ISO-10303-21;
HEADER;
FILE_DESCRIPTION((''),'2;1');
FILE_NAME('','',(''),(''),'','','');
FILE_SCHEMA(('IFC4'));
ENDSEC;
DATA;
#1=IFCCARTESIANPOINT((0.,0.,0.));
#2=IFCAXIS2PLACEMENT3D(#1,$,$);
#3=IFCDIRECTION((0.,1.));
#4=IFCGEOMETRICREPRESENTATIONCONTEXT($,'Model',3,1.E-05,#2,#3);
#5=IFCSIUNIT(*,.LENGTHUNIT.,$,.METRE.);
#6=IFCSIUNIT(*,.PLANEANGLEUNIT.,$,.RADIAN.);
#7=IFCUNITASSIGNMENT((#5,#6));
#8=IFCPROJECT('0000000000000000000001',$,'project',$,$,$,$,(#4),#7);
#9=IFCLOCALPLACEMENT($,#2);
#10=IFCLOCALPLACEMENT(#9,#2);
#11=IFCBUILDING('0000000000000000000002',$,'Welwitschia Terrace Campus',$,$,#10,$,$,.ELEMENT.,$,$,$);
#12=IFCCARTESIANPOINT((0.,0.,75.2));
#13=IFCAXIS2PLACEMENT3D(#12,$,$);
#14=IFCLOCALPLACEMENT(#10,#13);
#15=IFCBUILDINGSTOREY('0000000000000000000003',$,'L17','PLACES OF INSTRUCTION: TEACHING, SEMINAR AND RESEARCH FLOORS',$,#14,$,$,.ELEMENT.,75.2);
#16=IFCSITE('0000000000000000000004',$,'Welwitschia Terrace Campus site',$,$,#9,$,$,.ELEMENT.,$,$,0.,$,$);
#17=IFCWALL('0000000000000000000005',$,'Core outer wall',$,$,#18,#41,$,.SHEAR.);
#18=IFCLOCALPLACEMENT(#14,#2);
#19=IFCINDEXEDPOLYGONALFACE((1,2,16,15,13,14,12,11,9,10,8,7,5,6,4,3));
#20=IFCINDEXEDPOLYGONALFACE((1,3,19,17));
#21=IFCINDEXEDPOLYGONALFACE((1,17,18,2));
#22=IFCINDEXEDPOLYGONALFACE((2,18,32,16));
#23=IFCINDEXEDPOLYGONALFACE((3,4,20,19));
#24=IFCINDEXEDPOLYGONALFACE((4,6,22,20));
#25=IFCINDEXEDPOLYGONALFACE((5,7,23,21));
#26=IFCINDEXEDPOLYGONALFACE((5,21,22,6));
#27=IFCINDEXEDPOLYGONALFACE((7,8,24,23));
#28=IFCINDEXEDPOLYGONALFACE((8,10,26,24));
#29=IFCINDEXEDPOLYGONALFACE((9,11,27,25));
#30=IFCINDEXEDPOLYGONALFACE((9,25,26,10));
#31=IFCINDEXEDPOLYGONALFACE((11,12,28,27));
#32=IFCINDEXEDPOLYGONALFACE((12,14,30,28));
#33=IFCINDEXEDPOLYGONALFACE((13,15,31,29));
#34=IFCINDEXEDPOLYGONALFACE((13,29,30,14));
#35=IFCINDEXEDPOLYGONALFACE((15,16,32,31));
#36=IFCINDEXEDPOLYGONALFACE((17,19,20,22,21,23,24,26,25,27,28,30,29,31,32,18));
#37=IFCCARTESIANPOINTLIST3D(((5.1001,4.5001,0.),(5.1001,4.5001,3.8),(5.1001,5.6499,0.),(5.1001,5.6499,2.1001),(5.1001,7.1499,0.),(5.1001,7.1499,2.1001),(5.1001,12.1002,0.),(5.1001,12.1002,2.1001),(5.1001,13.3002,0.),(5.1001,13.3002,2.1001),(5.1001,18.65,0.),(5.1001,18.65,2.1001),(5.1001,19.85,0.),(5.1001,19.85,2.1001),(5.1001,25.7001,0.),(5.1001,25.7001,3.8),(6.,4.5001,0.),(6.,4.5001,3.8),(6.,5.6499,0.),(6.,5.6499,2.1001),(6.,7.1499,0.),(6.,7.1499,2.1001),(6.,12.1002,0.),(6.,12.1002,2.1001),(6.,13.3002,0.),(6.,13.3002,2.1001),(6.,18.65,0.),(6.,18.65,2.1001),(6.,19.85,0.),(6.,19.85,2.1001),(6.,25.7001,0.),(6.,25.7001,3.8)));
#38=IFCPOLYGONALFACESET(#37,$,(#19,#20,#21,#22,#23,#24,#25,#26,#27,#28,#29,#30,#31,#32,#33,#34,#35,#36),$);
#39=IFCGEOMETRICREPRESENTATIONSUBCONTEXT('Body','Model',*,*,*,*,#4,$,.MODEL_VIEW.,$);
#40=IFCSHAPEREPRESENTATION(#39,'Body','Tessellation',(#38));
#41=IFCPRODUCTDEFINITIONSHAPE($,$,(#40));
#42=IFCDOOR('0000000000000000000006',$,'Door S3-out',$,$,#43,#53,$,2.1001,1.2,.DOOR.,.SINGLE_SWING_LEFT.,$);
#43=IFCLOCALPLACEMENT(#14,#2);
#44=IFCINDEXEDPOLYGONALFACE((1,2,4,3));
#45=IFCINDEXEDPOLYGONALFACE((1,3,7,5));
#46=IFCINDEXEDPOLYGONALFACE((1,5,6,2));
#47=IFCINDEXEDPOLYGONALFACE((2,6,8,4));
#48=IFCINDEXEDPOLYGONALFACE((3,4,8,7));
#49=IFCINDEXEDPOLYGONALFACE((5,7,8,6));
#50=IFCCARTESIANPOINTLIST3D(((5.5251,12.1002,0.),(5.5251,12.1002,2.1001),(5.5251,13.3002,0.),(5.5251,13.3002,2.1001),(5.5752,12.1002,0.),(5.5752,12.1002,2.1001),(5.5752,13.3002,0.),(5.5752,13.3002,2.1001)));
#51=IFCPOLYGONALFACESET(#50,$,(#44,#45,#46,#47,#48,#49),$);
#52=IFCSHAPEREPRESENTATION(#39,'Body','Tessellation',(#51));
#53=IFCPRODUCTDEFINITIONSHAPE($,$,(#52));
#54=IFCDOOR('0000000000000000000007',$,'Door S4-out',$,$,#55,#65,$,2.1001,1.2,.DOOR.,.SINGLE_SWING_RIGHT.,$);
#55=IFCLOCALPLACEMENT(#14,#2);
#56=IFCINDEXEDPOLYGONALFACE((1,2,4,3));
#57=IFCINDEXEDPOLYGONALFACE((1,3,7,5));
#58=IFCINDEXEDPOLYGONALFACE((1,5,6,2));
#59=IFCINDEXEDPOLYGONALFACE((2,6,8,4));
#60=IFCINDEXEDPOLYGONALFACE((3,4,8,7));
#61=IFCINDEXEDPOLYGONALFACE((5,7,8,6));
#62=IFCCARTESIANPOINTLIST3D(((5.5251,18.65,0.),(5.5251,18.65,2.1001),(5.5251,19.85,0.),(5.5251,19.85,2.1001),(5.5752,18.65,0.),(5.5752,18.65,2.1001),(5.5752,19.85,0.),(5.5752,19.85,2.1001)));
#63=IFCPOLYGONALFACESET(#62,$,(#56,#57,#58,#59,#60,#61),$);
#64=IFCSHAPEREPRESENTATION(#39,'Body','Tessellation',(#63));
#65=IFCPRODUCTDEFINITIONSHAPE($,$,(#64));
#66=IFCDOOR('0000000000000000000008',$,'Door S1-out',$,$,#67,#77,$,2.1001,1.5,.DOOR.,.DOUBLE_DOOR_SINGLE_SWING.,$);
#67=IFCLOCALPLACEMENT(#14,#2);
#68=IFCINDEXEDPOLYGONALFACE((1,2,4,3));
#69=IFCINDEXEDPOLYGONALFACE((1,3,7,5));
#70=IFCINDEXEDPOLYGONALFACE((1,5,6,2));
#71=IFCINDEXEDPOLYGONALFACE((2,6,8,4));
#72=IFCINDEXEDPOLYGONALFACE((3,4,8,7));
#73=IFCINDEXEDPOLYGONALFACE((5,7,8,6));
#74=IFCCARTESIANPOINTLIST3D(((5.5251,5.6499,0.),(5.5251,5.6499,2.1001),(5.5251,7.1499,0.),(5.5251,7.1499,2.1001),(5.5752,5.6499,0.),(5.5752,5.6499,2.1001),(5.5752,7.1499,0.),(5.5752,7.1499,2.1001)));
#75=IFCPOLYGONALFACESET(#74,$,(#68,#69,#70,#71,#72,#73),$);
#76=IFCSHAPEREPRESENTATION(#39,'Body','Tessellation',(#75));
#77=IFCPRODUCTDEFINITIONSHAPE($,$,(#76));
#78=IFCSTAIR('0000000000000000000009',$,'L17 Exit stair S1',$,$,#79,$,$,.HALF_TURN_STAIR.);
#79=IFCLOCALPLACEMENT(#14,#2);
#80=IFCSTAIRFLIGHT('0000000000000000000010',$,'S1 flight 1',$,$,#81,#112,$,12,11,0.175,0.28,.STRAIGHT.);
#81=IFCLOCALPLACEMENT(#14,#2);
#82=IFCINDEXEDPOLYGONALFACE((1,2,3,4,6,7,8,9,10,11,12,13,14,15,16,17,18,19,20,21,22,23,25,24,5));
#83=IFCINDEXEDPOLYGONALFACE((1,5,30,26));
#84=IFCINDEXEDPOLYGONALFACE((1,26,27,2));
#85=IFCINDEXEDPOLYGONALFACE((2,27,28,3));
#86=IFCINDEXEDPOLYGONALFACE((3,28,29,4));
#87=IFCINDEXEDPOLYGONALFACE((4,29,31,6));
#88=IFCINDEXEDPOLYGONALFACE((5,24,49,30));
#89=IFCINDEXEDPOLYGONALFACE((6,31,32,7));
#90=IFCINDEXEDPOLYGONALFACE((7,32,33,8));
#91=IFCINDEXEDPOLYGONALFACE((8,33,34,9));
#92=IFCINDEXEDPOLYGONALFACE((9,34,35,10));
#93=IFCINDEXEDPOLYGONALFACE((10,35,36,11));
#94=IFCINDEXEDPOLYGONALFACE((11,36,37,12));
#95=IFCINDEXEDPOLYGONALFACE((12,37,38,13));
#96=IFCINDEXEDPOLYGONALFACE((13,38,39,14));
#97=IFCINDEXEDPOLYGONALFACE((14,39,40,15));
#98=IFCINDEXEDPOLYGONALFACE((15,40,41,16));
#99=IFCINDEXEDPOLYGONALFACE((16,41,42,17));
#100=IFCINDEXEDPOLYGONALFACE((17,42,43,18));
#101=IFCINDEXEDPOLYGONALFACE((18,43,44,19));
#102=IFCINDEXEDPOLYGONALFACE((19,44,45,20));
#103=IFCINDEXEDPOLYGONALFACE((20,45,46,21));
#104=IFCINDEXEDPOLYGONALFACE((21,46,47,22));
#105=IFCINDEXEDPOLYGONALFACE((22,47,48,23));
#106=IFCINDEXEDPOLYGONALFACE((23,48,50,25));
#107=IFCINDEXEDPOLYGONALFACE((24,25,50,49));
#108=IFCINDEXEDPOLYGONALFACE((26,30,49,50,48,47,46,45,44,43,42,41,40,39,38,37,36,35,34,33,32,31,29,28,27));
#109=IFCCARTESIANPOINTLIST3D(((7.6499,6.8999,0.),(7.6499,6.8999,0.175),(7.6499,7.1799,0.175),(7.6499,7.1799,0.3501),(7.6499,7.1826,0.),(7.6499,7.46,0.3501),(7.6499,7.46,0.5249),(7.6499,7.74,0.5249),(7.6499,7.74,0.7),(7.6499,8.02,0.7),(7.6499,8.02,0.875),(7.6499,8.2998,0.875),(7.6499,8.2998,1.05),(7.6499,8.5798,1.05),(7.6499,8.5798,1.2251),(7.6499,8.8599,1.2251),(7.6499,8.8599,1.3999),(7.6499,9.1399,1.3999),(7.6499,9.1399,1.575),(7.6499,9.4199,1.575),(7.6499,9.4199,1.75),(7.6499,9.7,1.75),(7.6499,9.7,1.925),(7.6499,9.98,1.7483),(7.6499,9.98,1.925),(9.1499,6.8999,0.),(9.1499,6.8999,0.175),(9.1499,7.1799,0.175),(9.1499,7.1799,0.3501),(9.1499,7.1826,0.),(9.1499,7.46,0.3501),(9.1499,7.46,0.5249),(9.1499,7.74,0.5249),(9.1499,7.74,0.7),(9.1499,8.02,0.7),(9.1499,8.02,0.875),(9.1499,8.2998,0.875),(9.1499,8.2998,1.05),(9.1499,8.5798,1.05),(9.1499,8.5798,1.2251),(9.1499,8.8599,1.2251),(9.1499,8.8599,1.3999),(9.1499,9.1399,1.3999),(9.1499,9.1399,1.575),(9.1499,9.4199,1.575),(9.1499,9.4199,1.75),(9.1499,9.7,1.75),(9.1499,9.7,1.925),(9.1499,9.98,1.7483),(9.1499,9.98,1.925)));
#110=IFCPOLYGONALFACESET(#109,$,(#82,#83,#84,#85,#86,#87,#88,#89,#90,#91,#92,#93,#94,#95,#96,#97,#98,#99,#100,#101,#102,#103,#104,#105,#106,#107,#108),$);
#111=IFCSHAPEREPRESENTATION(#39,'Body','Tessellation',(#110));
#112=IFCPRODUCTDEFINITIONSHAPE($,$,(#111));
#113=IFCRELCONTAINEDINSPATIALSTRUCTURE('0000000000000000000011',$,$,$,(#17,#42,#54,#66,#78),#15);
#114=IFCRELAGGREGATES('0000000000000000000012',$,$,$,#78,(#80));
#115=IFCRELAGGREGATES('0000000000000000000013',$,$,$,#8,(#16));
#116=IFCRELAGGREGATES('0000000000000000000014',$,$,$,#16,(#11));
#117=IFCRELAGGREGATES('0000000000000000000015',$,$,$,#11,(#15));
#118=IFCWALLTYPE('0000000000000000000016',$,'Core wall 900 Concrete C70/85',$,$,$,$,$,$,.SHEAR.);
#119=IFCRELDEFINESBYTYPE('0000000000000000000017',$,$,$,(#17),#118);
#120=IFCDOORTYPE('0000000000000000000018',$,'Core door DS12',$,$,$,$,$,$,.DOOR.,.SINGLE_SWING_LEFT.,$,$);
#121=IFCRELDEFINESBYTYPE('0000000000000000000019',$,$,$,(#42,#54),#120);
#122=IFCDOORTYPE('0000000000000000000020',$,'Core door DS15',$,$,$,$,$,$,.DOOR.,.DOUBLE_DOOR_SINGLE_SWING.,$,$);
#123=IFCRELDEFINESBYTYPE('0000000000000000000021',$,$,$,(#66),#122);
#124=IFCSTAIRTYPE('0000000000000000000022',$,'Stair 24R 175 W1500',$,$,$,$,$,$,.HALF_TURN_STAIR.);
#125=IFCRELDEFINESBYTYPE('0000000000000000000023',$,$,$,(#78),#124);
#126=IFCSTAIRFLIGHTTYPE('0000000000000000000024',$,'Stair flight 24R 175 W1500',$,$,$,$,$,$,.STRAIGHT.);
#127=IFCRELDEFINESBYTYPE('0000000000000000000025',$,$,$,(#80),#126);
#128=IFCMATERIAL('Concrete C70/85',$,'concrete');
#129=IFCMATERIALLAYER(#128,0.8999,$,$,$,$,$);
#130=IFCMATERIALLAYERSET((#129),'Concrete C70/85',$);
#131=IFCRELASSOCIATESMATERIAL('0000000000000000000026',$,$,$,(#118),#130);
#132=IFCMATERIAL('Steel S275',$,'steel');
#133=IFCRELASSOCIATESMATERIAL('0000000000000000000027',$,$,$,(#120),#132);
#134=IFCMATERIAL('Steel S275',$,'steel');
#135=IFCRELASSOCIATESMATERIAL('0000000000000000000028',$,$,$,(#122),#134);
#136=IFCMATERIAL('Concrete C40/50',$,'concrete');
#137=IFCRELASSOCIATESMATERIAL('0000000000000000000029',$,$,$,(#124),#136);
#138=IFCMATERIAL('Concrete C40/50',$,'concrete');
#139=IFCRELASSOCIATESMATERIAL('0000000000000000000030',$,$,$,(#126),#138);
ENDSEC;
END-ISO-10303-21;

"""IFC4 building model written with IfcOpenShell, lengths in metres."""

from ifc_helpers import new_model, si_unit, direction, frame, frame_2d, origin, place, context, subcontext, project, spatial, polyline, rectangle, outline, extrude, material, layer, layer_set, type_object, element, fill, aggregate, save


model = new_model("IFC4")

# Units and contexts
model_context = context("Model", 3, precision=1e-05, world=origin(), true_north=direction((0.0, 1.0)))
body_context = subcontext(model_context, "Body", "Model", "MODEL_VIEW")
ifc_project = project(units=[si_unit("LENGTHUNIT", "METRE"), si_unit("PLANEANGLEUNIT", "RADIAN")], contexts=[model_context])

# Site, building, storey
site_placement = place(None, origin())
site = spatial("IfcSite", under=ifc_project, at=site_placement, Name="Welwitschia Terrace Campus site", CompositionType="ELEMENT", RefElevation=0.0)
building_placement = place(site_placement, origin())
building = spatial("IfcBuilding", under=site, at=building_placement, Name="Welwitschia Terrace Campus", CompositionType="ELEMENT")
storey_placement = place(building_placement, frame((0.0, 0.0, 75.2)))
storey = spatial("IfcBuildingStorey", under=building, at=storey_placement, Name="L17", Description="PLACES OF INSTRUCTION: TEACHING, SEMINAR AND RESEARCH FLOORS", CompositionType="ELEMENT", Elevation=75.2)

# Wall, openings, doors
ifc_material_1 = material(Name="Concrete C70/85", Category="concrete")
ifc_layer_1 = layer(ifc_material_1, 0.8999)
ifc_layer_set_1 = layer_set([ifc_layer_1], Name="Concrete C70/85")
wall_type_1 = type_object("IfcWallType", Name="Core wall 900 Concrete C70/85", PredefinedType="SHEAR", material=ifc_layer_set_1)
wall_1_placement = place(storey_placement, frame((5.55, 4.5, 0.0), z_axis=(0.0, 0.0, 1.0), x_axis=(0.0, 1.0, 0.0)))
wall_1 = element("IfcWall", 1, at=wall_1_placement, inside=storey, type_object=wall_type_1, Name="Core outer wall", PredefinedType="SHEAR", context=body_context, shape_type="SweptSolid", body=[
    extrude(rectangle(XDim=21.2, YDim=0.8999, at=frame_2d((10.6001, 0.0))), origin(), (0.0, 0.0, 1.0), 3.8),
])
opening_1_placement = place(wall_1_placement, frame((1.1499, 0.0, 0.0)))
opening_1 = element("IfcOpeningElement", 2, at=opening_1_placement, cuts=wall_1, PredefinedType="OPENING", context=body_context, shape_type="SweptSolid", body=[
    extrude(rectangle(XDim=1.5, YDim=2.1001, at=frame_2d((0.75, 1.05))), frame((0.0, 0.46, 0.0), z_axis=(0.0, -1.0, 0.0), x_axis=(1.0, 0.0, 0.0)), (0.0, 0.0, 1.0), 0.9199),
])
opening_2_placement = place(wall_1_placement, frame((7.6001, 0.0, 0.0)))
opening_2 = element("IfcOpeningElement", 3, at=opening_2_placement, cuts=wall_1, PredefinedType="OPENING", context=body_context, shape_type="SweptSolid", body=[
    extrude(rectangle(XDim=1.2, YDim=2.1001, at=frame_2d((0.6001, 1.05))), frame((0.0, 0.46, 0.0), z_axis=(0.0, -1.0, 0.0), x_axis=(1.0, 0.0, 0.0)), (0.0, 0.0, 1.0), 0.9199),
])
opening_3_placement = place(wall_1_placement, frame((14.1499, 0.0, 0.0)))
opening_3 = element("IfcOpeningElement", 4, at=opening_3_placement, cuts=wall_1, PredefinedType="OPENING", context=body_context, shape_type="SweptSolid", body=[
    extrude(rectangle(XDim=1.2, YDim=2.1001, at=frame_2d((0.6001, 1.05))), frame((0.0, 0.46, 0.0), z_axis=(0.0, -1.0, 0.0), x_axis=(1.0, 0.0, 0.0)), (0.0, 0.0, 1.0), 0.9199),
])
ifc_material_2 = material(Name="Steel S275", Category="steel")
door_type_1 = type_object("IfcDoorType", Name="Core door DS12", OperationType="SINGLE_SWING_LEFT", PredefinedType="DOOR", material=ifc_material_2)
door_1_placement = place(opening_2_placement, origin())
door_1 = element("IfcDoor", 5, at=door_1_placement, inside=storey, type_object=door_type_1, Name="Door S3-out", OperationType="SINGLE_SWING_LEFT", OverallHeight=2.1001, OverallWidth=1.2, PredefinedType="DOOR", context=body_context, shape_type="SweptSolid", body=[
    extrude(rectangle(XDim=1.2, YDim=2.1001, at=frame_2d((0.6001, 1.05))), frame((0.0, 0.0249, 0.0), z_axis=(0.0, -1.0, 0.0), x_axis=(1.0, 0.0, 0.0)), (0.0, 0.0, 1.0), 0.05),
])
fill(opening_2, door_1)
door_2_placement = place(opening_3_placement, origin())
door_2 = element("IfcDoor", 6, at=door_2_placement, inside=storey, type_object=door_type_1, Name="Door S4-out", OperationType="SINGLE_SWING_RIGHT", OverallHeight=2.1001, OverallWidth=1.2, PredefinedType="DOOR", context=body_context, shape_type="SweptSolid", body=[
    extrude(rectangle(XDim=1.2, YDim=2.1001, at=frame_2d((0.6001, 1.05))), frame((0.0, 0.0249, 0.0), z_axis=(0.0, -1.0, 0.0), x_axis=(1.0, 0.0, 0.0)), (0.0, 0.0, 1.0), 0.05),
])
fill(opening_3, door_2)
ifc_material_3 = material(Name="Steel S275", Category="steel")
door_type_2 = type_object("IfcDoorType", Name="Core door DS15", OperationType="DOUBLE_DOOR_SINGLE_SWING", PredefinedType="DOOR", material=ifc_material_3)
door_3_placement = place(opening_1_placement, origin())
door_3 = element("IfcDoor", 7, at=door_3_placement, inside=storey, type_object=door_type_2, Name="Door S1-out", OperationType="DOUBLE_DOOR_SINGLE_SWING", OverallHeight=2.1001, OverallWidth=1.5, PredefinedType="DOOR", context=body_context, shape_type="SweptSolid", body=[
    extrude(rectangle(XDim=1.5, YDim=2.1001, at=frame_2d((0.75, 1.05))), frame((0.0, 0.0249, 0.0), z_axis=(0.0, -1.0, 0.0), x_axis=(1.0, 0.0, 0.0)), (0.0, 0.0, 1.0), 0.05),
])
fill(opening_1, door_3)

# Stair, stair flight
ifc_material_4 = material(Name="Concrete C40/50", Category="concrete")
stair_type = type_object("IfcStairType", Name="Stair 24R 175 W1500", PredefinedType="HALF_TURN_STAIR", material=ifc_material_4)
stair_placement = place(storey_placement, origin())
stair = element("IfcStair", 8, at=stair_placement, inside=storey, type_object=stair_type, Name="L17 Exit stair S1", PredefinedType="HALF_TURN_STAIR")
ifc_material_5 = material(Name="Concrete C40/50", Category="concrete")
stair_flight_type = type_object("IfcStairFlightType", Name="Stair flight 24R 175 W1500", PredefinedType="STRAIGHT", material=ifc_material_5)
stair_flight_placement = place(storey_placement, frame((8.3999, 6.8999, 0.0), z_axis=(0.0, 0.0, 1.0), x_axis=(0.0, 1.0, 0.0)))
stair_flight = element("IfcStairFlight", 9, at=stair_flight_placement, type_object=stair_flight_type, Name="S1 flight 1", NumberOfRisers=12, NumberOfTreads=11, PredefinedType="STRAIGHT", RiserHeight=0.175, TreadLength=0.28, context=body_context, shape_type="SweptSolid", body=[
    extrude(outline(polyline([(0.0, 0.0), (0.0, 0.175), (0.28, 0.175), (0.28, 0.3501), (0.5601, 0.3501), (0.5601, 0.5249), (0.8401, 0.5249), (0.8401, 0.7), (1.1201, 0.7), (1.1201, 0.875), (1.3999, 0.875), (1.3999, 1.05), (1.6799, 1.05), (1.6799, 1.2251), (1.96, 1.2251), (1.96, 1.3999), (2.24, 1.3999), (2.24, 1.575), (2.52, 1.575), (2.52, 1.75), (2.8, 1.75), (2.8, 1.925), (3.0801, 1.925), (3.0801, 2.1001), (3.0801, 1.7483), (0.2827, 0.0), (0.0, 0.0)])), frame((0.0, 0.75, 0.0), z_axis=(0.0, -1.0, 0.0), x_axis=(1.0, 0.0, 0.0)), (0.0, 0.0, 1.0), 1.5),
])
aggregate(stair, [stair_flight])

save(model, "model.ifc")
